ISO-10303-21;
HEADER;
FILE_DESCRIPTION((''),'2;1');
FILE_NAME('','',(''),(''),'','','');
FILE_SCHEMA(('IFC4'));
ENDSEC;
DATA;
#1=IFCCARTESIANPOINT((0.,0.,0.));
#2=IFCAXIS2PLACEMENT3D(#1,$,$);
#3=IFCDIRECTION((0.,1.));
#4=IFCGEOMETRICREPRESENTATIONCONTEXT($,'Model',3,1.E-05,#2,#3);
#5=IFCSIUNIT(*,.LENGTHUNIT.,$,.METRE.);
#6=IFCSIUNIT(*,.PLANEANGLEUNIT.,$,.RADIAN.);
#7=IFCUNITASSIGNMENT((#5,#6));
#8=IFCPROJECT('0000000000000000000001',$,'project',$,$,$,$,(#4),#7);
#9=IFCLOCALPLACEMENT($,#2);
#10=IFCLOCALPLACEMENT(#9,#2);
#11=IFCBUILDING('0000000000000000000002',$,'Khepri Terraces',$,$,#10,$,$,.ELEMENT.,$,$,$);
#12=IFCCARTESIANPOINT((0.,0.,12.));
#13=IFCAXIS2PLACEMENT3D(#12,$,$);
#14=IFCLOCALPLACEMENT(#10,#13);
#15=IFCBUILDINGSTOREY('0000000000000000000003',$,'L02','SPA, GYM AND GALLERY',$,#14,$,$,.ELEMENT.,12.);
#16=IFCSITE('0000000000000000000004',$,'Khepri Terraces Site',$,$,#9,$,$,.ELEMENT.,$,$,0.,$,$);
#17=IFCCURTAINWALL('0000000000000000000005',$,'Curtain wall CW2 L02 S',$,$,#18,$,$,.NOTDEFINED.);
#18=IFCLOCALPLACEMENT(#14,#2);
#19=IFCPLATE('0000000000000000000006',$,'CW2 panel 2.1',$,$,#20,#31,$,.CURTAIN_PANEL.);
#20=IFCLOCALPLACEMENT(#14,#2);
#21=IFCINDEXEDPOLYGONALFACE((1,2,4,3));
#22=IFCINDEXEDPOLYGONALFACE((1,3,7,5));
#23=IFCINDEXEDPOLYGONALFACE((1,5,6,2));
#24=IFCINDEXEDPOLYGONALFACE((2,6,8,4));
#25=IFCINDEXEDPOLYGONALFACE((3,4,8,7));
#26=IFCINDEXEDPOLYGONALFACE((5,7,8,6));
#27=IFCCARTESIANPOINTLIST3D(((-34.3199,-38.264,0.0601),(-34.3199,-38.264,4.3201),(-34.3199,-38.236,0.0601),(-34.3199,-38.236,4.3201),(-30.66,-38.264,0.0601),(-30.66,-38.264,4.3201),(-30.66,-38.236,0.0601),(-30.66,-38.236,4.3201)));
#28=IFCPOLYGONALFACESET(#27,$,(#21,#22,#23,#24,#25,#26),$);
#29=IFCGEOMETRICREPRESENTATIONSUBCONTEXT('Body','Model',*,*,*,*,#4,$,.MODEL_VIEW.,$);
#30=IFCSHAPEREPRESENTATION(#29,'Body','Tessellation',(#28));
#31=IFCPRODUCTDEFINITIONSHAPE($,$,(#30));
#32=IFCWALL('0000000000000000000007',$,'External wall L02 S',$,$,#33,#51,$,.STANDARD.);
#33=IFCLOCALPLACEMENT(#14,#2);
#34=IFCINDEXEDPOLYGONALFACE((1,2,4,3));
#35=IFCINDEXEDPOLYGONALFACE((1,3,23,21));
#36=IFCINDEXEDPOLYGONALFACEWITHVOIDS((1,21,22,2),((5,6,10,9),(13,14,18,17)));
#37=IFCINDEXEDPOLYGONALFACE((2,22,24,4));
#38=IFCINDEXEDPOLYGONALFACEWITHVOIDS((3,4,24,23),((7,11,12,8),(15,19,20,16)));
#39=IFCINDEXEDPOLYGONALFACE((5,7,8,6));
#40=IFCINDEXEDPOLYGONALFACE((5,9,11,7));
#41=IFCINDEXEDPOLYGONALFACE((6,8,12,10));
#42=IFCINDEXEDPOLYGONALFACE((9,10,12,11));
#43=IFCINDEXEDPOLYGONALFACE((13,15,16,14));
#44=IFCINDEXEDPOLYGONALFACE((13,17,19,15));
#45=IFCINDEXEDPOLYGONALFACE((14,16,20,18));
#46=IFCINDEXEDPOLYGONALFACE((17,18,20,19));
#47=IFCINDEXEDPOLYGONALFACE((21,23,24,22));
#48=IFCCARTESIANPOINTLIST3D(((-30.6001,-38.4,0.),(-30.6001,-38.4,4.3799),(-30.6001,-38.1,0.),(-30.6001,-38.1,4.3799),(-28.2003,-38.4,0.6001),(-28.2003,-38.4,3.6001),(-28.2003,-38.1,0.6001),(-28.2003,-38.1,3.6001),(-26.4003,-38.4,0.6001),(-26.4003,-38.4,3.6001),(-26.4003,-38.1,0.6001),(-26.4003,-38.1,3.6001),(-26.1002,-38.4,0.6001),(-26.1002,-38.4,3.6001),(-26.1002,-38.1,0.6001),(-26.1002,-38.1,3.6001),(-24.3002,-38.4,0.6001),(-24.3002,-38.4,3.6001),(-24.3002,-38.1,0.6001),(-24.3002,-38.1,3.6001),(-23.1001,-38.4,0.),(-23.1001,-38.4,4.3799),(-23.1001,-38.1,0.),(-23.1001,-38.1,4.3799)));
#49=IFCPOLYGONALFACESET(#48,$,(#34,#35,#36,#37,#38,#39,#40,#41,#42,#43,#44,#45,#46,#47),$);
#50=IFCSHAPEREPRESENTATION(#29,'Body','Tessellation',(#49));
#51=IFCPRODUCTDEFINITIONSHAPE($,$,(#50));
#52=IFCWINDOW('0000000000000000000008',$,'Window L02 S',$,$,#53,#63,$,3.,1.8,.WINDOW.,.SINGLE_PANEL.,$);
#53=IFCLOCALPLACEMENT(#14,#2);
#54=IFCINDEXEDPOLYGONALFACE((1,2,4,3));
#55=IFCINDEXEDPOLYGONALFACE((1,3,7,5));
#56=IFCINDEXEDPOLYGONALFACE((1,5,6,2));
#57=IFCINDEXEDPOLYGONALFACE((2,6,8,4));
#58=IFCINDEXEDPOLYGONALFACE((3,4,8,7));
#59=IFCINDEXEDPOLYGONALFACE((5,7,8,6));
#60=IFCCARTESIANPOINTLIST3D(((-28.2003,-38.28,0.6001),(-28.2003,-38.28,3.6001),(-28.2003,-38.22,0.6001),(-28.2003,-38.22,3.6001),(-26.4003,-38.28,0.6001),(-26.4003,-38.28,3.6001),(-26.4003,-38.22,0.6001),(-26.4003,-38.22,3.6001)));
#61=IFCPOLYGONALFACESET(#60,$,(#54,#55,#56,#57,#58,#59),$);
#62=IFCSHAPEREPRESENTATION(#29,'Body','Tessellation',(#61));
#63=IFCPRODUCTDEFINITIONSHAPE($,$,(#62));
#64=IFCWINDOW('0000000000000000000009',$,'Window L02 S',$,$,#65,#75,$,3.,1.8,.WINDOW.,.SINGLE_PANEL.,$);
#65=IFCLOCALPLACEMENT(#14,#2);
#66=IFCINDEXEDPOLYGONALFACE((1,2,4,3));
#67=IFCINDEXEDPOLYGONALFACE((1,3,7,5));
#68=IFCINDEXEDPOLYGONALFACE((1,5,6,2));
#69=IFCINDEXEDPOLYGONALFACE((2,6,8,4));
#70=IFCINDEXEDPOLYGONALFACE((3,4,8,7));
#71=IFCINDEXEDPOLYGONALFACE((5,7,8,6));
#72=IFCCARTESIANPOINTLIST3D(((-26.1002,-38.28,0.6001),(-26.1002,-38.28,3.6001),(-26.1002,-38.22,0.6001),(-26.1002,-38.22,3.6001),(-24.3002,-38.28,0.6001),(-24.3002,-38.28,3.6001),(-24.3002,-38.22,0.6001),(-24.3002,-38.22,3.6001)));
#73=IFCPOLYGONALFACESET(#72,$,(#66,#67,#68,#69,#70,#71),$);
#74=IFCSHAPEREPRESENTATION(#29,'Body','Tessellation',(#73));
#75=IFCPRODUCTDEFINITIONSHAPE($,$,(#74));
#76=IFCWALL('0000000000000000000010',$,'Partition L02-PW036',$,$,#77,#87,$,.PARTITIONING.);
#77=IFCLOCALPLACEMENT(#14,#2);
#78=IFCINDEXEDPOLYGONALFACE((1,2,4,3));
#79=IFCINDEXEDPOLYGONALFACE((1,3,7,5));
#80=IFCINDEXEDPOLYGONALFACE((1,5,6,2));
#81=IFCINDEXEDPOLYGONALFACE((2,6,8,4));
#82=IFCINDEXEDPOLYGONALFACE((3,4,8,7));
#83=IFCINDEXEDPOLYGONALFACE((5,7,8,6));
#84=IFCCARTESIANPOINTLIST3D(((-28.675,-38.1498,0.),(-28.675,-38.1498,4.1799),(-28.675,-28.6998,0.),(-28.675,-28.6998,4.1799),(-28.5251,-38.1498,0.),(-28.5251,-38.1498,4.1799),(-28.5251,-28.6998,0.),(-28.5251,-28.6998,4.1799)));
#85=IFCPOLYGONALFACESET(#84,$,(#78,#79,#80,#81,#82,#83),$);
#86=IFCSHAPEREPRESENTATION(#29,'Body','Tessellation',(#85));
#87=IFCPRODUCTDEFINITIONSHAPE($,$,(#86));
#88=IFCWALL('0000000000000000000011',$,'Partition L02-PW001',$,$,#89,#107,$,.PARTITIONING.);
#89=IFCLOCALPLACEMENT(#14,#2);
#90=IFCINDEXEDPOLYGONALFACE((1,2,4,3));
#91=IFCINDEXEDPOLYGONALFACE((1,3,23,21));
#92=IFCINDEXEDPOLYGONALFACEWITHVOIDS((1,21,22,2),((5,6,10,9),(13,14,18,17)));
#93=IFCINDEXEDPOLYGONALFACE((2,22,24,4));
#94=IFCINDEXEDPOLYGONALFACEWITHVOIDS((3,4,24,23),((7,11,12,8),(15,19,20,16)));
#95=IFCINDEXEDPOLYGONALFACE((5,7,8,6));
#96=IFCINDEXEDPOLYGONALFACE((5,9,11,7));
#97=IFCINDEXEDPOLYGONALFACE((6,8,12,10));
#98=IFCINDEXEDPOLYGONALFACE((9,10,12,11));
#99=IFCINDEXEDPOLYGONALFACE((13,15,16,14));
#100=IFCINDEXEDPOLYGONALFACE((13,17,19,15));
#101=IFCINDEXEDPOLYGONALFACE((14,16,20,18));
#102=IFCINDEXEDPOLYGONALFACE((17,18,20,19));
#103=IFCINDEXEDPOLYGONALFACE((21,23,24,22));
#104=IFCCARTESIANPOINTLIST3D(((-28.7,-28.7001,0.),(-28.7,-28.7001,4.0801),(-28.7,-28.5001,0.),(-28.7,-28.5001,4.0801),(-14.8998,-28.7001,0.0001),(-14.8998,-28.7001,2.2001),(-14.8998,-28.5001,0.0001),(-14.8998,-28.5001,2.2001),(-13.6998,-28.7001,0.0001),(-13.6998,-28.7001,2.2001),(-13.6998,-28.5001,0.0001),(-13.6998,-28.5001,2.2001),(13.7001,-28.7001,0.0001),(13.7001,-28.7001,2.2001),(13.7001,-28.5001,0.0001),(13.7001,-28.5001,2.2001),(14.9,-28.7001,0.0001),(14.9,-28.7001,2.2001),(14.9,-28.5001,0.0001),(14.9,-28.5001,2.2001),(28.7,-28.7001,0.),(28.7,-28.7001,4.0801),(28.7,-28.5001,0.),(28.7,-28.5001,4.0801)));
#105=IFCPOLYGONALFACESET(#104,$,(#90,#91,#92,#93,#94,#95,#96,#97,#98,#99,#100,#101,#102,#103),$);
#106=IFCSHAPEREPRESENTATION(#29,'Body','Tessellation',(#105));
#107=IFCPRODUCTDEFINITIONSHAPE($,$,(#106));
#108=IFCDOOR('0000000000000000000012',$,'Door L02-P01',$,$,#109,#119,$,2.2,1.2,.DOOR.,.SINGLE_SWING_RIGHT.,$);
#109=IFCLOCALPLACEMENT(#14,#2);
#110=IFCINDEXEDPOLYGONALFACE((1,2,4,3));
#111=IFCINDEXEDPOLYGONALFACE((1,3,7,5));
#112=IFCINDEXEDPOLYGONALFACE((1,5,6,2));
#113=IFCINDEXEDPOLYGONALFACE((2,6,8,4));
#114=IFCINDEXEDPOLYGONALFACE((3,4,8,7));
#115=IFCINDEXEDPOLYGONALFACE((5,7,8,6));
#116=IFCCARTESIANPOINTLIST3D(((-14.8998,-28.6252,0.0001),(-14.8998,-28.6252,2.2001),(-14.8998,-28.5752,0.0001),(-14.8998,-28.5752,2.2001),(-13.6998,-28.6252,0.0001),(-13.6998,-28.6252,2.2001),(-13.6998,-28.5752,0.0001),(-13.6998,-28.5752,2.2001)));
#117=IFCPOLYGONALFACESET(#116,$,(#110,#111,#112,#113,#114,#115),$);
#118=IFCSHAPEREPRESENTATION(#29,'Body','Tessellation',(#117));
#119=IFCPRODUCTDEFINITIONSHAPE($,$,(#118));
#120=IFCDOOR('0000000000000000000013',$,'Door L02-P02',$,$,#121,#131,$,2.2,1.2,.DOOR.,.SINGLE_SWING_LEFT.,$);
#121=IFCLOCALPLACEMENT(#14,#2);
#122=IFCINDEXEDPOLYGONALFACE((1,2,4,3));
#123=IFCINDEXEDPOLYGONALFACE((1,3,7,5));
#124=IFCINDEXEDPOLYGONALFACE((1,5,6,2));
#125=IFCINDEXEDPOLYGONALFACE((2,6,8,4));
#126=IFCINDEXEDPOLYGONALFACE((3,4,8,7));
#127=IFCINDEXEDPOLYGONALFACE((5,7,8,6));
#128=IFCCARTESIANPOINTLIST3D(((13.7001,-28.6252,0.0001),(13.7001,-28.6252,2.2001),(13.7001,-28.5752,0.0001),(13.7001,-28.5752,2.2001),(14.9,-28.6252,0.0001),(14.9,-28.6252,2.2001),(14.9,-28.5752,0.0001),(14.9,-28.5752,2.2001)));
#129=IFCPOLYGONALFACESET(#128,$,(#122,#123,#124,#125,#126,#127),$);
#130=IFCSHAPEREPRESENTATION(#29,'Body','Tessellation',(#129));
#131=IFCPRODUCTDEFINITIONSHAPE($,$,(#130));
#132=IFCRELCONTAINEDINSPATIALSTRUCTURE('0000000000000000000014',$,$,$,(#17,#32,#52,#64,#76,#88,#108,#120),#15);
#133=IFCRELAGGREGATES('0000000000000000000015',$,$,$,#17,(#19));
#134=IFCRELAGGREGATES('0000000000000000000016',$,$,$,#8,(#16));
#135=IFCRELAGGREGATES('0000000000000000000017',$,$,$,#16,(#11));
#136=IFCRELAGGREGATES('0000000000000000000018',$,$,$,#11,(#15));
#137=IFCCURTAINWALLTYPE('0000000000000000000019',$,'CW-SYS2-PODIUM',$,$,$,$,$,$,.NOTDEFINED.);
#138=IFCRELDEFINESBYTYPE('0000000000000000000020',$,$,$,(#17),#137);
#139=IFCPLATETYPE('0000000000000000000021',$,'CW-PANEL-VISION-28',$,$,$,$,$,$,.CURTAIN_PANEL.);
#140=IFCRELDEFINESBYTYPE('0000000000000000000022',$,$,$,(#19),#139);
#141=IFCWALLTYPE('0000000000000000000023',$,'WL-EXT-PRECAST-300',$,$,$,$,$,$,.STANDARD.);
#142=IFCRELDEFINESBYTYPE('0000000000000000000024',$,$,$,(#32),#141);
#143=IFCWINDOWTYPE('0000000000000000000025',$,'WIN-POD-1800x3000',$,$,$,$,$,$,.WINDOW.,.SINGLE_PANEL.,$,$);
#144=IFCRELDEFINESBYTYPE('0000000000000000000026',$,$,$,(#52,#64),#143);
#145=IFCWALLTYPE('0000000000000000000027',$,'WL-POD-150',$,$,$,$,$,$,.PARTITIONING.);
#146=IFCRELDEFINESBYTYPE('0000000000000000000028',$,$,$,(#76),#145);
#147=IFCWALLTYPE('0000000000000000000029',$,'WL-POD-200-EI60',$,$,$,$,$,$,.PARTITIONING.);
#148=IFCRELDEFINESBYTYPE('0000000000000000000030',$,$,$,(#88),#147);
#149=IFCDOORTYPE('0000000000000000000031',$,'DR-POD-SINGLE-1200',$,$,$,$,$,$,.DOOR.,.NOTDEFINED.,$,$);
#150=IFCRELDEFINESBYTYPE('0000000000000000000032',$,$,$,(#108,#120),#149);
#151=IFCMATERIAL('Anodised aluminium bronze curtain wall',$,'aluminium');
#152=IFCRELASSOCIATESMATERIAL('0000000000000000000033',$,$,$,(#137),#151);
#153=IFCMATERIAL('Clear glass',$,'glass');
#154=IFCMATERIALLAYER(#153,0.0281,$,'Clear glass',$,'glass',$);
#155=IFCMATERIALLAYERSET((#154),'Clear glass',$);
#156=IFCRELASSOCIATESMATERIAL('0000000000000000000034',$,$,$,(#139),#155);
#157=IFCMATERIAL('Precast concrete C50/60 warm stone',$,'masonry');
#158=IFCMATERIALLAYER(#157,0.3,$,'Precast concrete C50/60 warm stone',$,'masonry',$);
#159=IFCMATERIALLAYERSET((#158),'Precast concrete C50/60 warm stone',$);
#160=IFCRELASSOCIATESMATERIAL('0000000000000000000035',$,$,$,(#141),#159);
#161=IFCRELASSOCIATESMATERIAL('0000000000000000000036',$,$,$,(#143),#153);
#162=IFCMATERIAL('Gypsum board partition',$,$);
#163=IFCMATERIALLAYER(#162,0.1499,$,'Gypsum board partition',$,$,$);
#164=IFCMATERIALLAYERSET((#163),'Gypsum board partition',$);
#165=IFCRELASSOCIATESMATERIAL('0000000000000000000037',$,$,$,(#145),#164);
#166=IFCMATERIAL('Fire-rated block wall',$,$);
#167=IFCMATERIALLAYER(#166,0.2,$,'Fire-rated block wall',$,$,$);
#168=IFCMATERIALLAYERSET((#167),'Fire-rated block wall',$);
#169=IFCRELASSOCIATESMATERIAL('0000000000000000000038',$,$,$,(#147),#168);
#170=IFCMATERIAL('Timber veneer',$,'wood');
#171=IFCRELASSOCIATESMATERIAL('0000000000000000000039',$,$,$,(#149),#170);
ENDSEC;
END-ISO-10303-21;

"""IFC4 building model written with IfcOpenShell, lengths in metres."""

from ifc_helpers import new_model, si_unit, direction, frame, frame_2d, origin, origin_2d, place, context, subcontext, project, spatial, rectangle, extrude, material, layer, layer_set, type_object, element, fill, aggregate, save


model = new_model("IFC4")

# Units and contexts
model_context = context("Model", 3, precision=1e-05, world=origin(), true_north=direction((0.0, 1.0)))
body_context = subcontext(model_context, "Body", "Model", "MODEL_VIEW")
ifc_project = project(units=[si_unit("LENGTHUNIT", "METRE"), si_unit("PLANEANGLEUNIT", "RADIAN")], contexts=[model_context])

# Site, building, storey
site_placement = place(None, origin())
site = spatial("IfcSite", under=ifc_project, at=site_placement, Name="Khepri Terraces Site", CompositionType="ELEMENT", RefElevation=0.0)
building_placement = place(site_placement, origin())
building = spatial("IfcBuilding", under=site, at=building_placement, Name="Khepri Terraces", CompositionType="ELEMENT")
storey_placement = place(building_placement, frame((0.0, 0.0, 12.0)))
storey = spatial("IfcBuildingStorey", under=building, at=storey_placement, Name="L02", Description="SPA, GYM AND GALLERY", CompositionType="ELEMENT", Elevation=12.0)

# Curtain wall
ifc_material_1 = material(Name="Anodised aluminium bronze curtain wall", Category="aluminium")
curtain_wall_type = type_object("IfcCurtainWallType", Name="CW-SYS2-PODIUM", PredefinedType="NOTDEFINED", material=ifc_material_1)
curtain_wall_placement = place(storey_placement, origin())
curtain_wall = element("IfcCurtainWall", 1, at=curtain_wall_placement, inside=storey, type_object=curtain_wall_type, Name="Curtain wall CW2 L02 S", PredefinedType="NOTDEFINED")

# Plate
ifc_material_2 = material(Name="Clear glass", Category="glass")
ifc_layer_1 = layer(ifc_material_2, 0.0281, Name="Clear glass", Category="glass")
ifc_layer_set_1 = layer_set([ifc_layer_1], Name="Clear glass")
plate_type = type_object("IfcPlateType", Name="CW-PANEL-VISION-28", PredefinedType="CURTAIN_PANEL", material=ifc_layer_set_1)
plate_placement = place(storey_placement, frame((-32.49, -38.25, 0.0601), z_axis=(0.0, 0.0, 1.0), x_axis=(1.0, 0.0, 0.0)))
plate = element("IfcPlate", 2, at=plate_placement, type_object=plate_type, Name="CW2 panel 2.1", PredefinedType="CURTAIN_PANEL", context=body_context, shape_type="SweptSolid", body=[
    extrude(rectangle(XDim=3.6599, YDim=0.0281, at=origin_2d()), origin(), (0.0, 0.0, 1.0), 4.26),
])
aggregate(curtain_wall, [plate])

# Wall, openings, windows
ifc_material_3 = material(Name="Precast concrete C50/60 warm stone", Category="masonry")
ifc_layer_2 = layer(ifc_material_3, 0.3, Name="Precast concrete C50/60 warm stone", Category="masonry")
ifc_layer_set_2 = layer_set([ifc_layer_2], Name="Precast concrete C50/60 warm stone")
wall_type_1 = type_object("IfcWallType", Name="WL-EXT-PRECAST-300", PredefinedType="STANDARD", material=ifc_layer_set_2)
wall_1_placement = place(storey_placement, frame((-30.6001, -38.25, 0.0), z_axis=(0.0, 0.0, 1.0), x_axis=(1.0, 0.0, 0.0)))
wall_1 = element("IfcWall", 3, at=wall_1_placement, inside=storey, type_object=wall_type_1, Name="External wall L02 S", PredefinedType="STANDARD", context=body_context, shape_type="SweptSolid", body=[
    extrude(rectangle(XDim=7.5, YDim=0.3, at=frame_2d((3.75, 0.0))), origin(), (0.0, 0.0, 1.0), 4.3799),
])
opening_1_placement = place(wall_1_placement, frame((2.3999, 0.0, 0.6001)))
opening_1 = element("IfcOpeningElement", 4, at=opening_1_placement, cuts=wall_1, PredefinedType="OPENING", context=body_context, shape_type="SweptSolid", body=[
    extrude(rectangle(XDim=1.8, YDim=3.0, at=frame_2d((0.8999, 1.5))), frame((0.0, 0.1602, 0.0), z_axis=(0.0, -1.0, 0.0), x_axis=(1.0, 0.0, 0.0)), (0.0, 0.0, 1.0), 0.3201),
])
opening_2_placement = place(wall_1_placement, frame((4.5, 0.0, 0.6001)))
opening_2 = element("IfcOpeningElement", 5, at=opening_2_placement, cuts=wall_1, PredefinedType="OPENING", context=body_context, shape_type="SweptSolid", body=[
    extrude(rectangle(XDim=1.8, YDim=3.0, at=frame_2d((0.8999, 1.5))), frame((0.0, 0.1602, 0.0), z_axis=(0.0, -1.0, 0.0), x_axis=(1.0, 0.0, 0.0)), (0.0, 0.0, 1.0), 0.3201),
])
window_type = type_object("IfcWindowType", Name="WIN-POD-1800x3000", PartitioningType="SINGLE_PANEL", PredefinedType="WINDOW", material=ifc_material_2)
window_1_placement = place(opening_1_placement, origin())
window_1 = element("IfcWindow", 6, at=window_1_placement, inside=storey, type_object=window_type, Name="Window L02 S", OverallHeight=3.0, OverallWidth=1.8, PartitioningType="SINGLE_PANEL", PredefinedType="WINDOW", context=body_context, shape_type="SweptSolid", body=[
    extrude(rectangle(XDim=1.8, YDim=3.0, at=frame_2d((0.8999, 1.5))), frame((0.0, 0.03, 0.0), z_axis=(0.0, -1.0, 0.0), x_axis=(1.0, 0.0, 0.0)), (0.0, 0.0, 1.0), 0.0601),
])
fill(opening_1, window_1)
window_2_placement = place(opening_2_placement, origin())
window_2 = element("IfcWindow", 7, at=window_2_placement, inside=storey, type_object=window_type, Name="Window L02 S", OverallHeight=3.0, OverallWidth=1.8, PartitioningType="SINGLE_PANEL", PredefinedType="WINDOW", context=body_context, shape_type="SweptSolid", body=[
    extrude(rectangle(XDim=1.8, YDim=3.0, at=frame_2d((0.8999, 1.5))), frame((0.0, 0.03, 0.0), z_axis=(0.0, -1.0, 0.0), x_axis=(1.0, 0.0, 0.0)), (0.0, 0.0, 1.0), 0.0601),
])
fill(opening_2, window_2)

# Wall
ifc_material_4 = material(Name="Gypsum board partition")
ifc_layer_3 = layer(ifc_material_4, 0.1499, Name="Gypsum board partition")
ifc_layer_set_3 = layer_set([ifc_layer_3], Name="Gypsum board partition")
wall_type_2 = type_object("IfcWallType", Name="WL-POD-150", PredefinedType="PARTITIONING", material=ifc_layer_set_3)
wall_2_placement = place(storey_placement, frame((-28.6001, -38.1499, 0.0), z_axis=(0.0, 0.0, 1.0), x_axis=(0.0, 1.0, 0.0)))
element("IfcWall", 8, at=wall_2_placement, inside=storey, type_object=wall_type_2, Name="Partition L02-PW036", PredefinedType="PARTITIONING", context=body_context, shape_type="SweptSolid", body=[
    extrude(rectangle(XDim=9.45, YDim=0.1499, at=frame_2d((4.7251, 0.0))), origin(), (0.0, 0.0, 1.0), 4.1799),
])

# Wall, openings, doors
ifc_material_5 = material(Name="Fire-rated block wall")
ifc_layer_4 = layer(ifc_material_5, 0.2, Name="Fire-rated block wall")
ifc_layer_set_4 = layer_set([ifc_layer_4], Name="Fire-rated block wall")
wall_type_3 = type_object("IfcWallType", Name="WL-POD-200-EI60", PredefinedType="PARTITIONING", material=ifc_layer_set_4)
wall_3_placement = place(storey_placement, frame((-28.7, -28.6001, 0.0), z_axis=(0.0, 0.0, 1.0), x_axis=(1.0, 0.0, 0.0)))
wall_3 = element("IfcWall", 9, at=wall_3_placement, inside=storey, type_object=wall_type_3, Name="Partition L02-PW001", PredefinedType="PARTITIONING", context=body_context, shape_type="SweptSolid", body=[
    extrude(rectangle(XDim=57.3999, YDim=0.2, at=frame_2d((28.7, 0.0))), origin(), (0.0, 0.0, 1.0), 4.0801),
])
opening_3_placement = place(wall_3_placement, frame((13.8, 0.0, 0.0)))
opening_3 = element("IfcOpeningElement", 10, at=opening_3_placement, cuts=wall_3, PredefinedType="OPENING", context=body_context, shape_type="SweptSolid", body=[
    extrude(rectangle(XDim=1.2, YDim=2.2, at=frame_2d((0.6001, 1.1001))), frame((0.0, 0.1099, 0.0), z_axis=(0.0, -1.0, 0.0), x_axis=(1.0, 0.0, 0.0)), (0.0, 0.0, 1.0), 0.22),
])
opening_4_placement = place(wall_3_placement, frame((42.3999, 0.0, 0.0)))
opening_4 = element("IfcOpeningElement", 11, at=opening_4_placement, cuts=wall_3, PredefinedType="OPENING", context=body_context, shape_type="SweptSolid", body=[
    extrude(rectangle(XDim=1.2, YDim=2.2, at=frame_2d((0.6001, 1.1001))), frame((0.0, 0.1099, 0.0), z_axis=(0.0, -1.0, 0.0), x_axis=(1.0, 0.0, 0.0)), (0.0, 0.0, 1.0), 0.22),
])
ifc_material_6 = material(Name="Timber veneer", Category="wood")
door_type = type_object("IfcDoorType", Name="DR-POD-SINGLE-1200", OperationType="NOTDEFINED", PredefinedType="DOOR", material=ifc_material_6)
door_1_placement = place(opening_3_placement, origin())
door_1 = element("IfcDoor", 12, at=door_1_placement, inside=storey, type_object=door_type, Name="Door L02-P01", OperationType="SINGLE_SWING_RIGHT", OverallHeight=2.2, OverallWidth=1.2, PredefinedType="DOOR", context=body_context, shape_type="SweptSolid", body=[
    extrude(rectangle(XDim=1.2, YDim=2.2, at=frame_2d((0.6001, 1.1001))), frame((0.0, 0.0249, 0.0), z_axis=(0.0, -1.0, 0.0), x_axis=(1.0, 0.0, 0.0)), (0.0, 0.0, 1.0), 0.05),
])
fill(opening_3, door_1)
door_2_placement = place(opening_4_placement, origin())
door_2 = element("IfcDoor", 13, at=door_2_placement, inside=storey, type_object=door_type, Name="Door L02-P02", OperationType="SINGLE_SWING_LEFT", OverallHeight=2.2, OverallWidth=1.2, PredefinedType="DOOR", context=body_context, shape_type="SweptSolid", body=[
    extrude(rectangle(XDim=1.2, YDim=2.2, at=frame_2d((0.6001, 1.1001))), frame((0.0, 0.0249, 0.0), z_axis=(0.0, -1.0, 0.0), x_axis=(1.0, 0.0, 0.0)), (0.0, 0.0, 1.0), 0.05),
])
fill(opening_4, door_2)

save(model, "model.ifc")
